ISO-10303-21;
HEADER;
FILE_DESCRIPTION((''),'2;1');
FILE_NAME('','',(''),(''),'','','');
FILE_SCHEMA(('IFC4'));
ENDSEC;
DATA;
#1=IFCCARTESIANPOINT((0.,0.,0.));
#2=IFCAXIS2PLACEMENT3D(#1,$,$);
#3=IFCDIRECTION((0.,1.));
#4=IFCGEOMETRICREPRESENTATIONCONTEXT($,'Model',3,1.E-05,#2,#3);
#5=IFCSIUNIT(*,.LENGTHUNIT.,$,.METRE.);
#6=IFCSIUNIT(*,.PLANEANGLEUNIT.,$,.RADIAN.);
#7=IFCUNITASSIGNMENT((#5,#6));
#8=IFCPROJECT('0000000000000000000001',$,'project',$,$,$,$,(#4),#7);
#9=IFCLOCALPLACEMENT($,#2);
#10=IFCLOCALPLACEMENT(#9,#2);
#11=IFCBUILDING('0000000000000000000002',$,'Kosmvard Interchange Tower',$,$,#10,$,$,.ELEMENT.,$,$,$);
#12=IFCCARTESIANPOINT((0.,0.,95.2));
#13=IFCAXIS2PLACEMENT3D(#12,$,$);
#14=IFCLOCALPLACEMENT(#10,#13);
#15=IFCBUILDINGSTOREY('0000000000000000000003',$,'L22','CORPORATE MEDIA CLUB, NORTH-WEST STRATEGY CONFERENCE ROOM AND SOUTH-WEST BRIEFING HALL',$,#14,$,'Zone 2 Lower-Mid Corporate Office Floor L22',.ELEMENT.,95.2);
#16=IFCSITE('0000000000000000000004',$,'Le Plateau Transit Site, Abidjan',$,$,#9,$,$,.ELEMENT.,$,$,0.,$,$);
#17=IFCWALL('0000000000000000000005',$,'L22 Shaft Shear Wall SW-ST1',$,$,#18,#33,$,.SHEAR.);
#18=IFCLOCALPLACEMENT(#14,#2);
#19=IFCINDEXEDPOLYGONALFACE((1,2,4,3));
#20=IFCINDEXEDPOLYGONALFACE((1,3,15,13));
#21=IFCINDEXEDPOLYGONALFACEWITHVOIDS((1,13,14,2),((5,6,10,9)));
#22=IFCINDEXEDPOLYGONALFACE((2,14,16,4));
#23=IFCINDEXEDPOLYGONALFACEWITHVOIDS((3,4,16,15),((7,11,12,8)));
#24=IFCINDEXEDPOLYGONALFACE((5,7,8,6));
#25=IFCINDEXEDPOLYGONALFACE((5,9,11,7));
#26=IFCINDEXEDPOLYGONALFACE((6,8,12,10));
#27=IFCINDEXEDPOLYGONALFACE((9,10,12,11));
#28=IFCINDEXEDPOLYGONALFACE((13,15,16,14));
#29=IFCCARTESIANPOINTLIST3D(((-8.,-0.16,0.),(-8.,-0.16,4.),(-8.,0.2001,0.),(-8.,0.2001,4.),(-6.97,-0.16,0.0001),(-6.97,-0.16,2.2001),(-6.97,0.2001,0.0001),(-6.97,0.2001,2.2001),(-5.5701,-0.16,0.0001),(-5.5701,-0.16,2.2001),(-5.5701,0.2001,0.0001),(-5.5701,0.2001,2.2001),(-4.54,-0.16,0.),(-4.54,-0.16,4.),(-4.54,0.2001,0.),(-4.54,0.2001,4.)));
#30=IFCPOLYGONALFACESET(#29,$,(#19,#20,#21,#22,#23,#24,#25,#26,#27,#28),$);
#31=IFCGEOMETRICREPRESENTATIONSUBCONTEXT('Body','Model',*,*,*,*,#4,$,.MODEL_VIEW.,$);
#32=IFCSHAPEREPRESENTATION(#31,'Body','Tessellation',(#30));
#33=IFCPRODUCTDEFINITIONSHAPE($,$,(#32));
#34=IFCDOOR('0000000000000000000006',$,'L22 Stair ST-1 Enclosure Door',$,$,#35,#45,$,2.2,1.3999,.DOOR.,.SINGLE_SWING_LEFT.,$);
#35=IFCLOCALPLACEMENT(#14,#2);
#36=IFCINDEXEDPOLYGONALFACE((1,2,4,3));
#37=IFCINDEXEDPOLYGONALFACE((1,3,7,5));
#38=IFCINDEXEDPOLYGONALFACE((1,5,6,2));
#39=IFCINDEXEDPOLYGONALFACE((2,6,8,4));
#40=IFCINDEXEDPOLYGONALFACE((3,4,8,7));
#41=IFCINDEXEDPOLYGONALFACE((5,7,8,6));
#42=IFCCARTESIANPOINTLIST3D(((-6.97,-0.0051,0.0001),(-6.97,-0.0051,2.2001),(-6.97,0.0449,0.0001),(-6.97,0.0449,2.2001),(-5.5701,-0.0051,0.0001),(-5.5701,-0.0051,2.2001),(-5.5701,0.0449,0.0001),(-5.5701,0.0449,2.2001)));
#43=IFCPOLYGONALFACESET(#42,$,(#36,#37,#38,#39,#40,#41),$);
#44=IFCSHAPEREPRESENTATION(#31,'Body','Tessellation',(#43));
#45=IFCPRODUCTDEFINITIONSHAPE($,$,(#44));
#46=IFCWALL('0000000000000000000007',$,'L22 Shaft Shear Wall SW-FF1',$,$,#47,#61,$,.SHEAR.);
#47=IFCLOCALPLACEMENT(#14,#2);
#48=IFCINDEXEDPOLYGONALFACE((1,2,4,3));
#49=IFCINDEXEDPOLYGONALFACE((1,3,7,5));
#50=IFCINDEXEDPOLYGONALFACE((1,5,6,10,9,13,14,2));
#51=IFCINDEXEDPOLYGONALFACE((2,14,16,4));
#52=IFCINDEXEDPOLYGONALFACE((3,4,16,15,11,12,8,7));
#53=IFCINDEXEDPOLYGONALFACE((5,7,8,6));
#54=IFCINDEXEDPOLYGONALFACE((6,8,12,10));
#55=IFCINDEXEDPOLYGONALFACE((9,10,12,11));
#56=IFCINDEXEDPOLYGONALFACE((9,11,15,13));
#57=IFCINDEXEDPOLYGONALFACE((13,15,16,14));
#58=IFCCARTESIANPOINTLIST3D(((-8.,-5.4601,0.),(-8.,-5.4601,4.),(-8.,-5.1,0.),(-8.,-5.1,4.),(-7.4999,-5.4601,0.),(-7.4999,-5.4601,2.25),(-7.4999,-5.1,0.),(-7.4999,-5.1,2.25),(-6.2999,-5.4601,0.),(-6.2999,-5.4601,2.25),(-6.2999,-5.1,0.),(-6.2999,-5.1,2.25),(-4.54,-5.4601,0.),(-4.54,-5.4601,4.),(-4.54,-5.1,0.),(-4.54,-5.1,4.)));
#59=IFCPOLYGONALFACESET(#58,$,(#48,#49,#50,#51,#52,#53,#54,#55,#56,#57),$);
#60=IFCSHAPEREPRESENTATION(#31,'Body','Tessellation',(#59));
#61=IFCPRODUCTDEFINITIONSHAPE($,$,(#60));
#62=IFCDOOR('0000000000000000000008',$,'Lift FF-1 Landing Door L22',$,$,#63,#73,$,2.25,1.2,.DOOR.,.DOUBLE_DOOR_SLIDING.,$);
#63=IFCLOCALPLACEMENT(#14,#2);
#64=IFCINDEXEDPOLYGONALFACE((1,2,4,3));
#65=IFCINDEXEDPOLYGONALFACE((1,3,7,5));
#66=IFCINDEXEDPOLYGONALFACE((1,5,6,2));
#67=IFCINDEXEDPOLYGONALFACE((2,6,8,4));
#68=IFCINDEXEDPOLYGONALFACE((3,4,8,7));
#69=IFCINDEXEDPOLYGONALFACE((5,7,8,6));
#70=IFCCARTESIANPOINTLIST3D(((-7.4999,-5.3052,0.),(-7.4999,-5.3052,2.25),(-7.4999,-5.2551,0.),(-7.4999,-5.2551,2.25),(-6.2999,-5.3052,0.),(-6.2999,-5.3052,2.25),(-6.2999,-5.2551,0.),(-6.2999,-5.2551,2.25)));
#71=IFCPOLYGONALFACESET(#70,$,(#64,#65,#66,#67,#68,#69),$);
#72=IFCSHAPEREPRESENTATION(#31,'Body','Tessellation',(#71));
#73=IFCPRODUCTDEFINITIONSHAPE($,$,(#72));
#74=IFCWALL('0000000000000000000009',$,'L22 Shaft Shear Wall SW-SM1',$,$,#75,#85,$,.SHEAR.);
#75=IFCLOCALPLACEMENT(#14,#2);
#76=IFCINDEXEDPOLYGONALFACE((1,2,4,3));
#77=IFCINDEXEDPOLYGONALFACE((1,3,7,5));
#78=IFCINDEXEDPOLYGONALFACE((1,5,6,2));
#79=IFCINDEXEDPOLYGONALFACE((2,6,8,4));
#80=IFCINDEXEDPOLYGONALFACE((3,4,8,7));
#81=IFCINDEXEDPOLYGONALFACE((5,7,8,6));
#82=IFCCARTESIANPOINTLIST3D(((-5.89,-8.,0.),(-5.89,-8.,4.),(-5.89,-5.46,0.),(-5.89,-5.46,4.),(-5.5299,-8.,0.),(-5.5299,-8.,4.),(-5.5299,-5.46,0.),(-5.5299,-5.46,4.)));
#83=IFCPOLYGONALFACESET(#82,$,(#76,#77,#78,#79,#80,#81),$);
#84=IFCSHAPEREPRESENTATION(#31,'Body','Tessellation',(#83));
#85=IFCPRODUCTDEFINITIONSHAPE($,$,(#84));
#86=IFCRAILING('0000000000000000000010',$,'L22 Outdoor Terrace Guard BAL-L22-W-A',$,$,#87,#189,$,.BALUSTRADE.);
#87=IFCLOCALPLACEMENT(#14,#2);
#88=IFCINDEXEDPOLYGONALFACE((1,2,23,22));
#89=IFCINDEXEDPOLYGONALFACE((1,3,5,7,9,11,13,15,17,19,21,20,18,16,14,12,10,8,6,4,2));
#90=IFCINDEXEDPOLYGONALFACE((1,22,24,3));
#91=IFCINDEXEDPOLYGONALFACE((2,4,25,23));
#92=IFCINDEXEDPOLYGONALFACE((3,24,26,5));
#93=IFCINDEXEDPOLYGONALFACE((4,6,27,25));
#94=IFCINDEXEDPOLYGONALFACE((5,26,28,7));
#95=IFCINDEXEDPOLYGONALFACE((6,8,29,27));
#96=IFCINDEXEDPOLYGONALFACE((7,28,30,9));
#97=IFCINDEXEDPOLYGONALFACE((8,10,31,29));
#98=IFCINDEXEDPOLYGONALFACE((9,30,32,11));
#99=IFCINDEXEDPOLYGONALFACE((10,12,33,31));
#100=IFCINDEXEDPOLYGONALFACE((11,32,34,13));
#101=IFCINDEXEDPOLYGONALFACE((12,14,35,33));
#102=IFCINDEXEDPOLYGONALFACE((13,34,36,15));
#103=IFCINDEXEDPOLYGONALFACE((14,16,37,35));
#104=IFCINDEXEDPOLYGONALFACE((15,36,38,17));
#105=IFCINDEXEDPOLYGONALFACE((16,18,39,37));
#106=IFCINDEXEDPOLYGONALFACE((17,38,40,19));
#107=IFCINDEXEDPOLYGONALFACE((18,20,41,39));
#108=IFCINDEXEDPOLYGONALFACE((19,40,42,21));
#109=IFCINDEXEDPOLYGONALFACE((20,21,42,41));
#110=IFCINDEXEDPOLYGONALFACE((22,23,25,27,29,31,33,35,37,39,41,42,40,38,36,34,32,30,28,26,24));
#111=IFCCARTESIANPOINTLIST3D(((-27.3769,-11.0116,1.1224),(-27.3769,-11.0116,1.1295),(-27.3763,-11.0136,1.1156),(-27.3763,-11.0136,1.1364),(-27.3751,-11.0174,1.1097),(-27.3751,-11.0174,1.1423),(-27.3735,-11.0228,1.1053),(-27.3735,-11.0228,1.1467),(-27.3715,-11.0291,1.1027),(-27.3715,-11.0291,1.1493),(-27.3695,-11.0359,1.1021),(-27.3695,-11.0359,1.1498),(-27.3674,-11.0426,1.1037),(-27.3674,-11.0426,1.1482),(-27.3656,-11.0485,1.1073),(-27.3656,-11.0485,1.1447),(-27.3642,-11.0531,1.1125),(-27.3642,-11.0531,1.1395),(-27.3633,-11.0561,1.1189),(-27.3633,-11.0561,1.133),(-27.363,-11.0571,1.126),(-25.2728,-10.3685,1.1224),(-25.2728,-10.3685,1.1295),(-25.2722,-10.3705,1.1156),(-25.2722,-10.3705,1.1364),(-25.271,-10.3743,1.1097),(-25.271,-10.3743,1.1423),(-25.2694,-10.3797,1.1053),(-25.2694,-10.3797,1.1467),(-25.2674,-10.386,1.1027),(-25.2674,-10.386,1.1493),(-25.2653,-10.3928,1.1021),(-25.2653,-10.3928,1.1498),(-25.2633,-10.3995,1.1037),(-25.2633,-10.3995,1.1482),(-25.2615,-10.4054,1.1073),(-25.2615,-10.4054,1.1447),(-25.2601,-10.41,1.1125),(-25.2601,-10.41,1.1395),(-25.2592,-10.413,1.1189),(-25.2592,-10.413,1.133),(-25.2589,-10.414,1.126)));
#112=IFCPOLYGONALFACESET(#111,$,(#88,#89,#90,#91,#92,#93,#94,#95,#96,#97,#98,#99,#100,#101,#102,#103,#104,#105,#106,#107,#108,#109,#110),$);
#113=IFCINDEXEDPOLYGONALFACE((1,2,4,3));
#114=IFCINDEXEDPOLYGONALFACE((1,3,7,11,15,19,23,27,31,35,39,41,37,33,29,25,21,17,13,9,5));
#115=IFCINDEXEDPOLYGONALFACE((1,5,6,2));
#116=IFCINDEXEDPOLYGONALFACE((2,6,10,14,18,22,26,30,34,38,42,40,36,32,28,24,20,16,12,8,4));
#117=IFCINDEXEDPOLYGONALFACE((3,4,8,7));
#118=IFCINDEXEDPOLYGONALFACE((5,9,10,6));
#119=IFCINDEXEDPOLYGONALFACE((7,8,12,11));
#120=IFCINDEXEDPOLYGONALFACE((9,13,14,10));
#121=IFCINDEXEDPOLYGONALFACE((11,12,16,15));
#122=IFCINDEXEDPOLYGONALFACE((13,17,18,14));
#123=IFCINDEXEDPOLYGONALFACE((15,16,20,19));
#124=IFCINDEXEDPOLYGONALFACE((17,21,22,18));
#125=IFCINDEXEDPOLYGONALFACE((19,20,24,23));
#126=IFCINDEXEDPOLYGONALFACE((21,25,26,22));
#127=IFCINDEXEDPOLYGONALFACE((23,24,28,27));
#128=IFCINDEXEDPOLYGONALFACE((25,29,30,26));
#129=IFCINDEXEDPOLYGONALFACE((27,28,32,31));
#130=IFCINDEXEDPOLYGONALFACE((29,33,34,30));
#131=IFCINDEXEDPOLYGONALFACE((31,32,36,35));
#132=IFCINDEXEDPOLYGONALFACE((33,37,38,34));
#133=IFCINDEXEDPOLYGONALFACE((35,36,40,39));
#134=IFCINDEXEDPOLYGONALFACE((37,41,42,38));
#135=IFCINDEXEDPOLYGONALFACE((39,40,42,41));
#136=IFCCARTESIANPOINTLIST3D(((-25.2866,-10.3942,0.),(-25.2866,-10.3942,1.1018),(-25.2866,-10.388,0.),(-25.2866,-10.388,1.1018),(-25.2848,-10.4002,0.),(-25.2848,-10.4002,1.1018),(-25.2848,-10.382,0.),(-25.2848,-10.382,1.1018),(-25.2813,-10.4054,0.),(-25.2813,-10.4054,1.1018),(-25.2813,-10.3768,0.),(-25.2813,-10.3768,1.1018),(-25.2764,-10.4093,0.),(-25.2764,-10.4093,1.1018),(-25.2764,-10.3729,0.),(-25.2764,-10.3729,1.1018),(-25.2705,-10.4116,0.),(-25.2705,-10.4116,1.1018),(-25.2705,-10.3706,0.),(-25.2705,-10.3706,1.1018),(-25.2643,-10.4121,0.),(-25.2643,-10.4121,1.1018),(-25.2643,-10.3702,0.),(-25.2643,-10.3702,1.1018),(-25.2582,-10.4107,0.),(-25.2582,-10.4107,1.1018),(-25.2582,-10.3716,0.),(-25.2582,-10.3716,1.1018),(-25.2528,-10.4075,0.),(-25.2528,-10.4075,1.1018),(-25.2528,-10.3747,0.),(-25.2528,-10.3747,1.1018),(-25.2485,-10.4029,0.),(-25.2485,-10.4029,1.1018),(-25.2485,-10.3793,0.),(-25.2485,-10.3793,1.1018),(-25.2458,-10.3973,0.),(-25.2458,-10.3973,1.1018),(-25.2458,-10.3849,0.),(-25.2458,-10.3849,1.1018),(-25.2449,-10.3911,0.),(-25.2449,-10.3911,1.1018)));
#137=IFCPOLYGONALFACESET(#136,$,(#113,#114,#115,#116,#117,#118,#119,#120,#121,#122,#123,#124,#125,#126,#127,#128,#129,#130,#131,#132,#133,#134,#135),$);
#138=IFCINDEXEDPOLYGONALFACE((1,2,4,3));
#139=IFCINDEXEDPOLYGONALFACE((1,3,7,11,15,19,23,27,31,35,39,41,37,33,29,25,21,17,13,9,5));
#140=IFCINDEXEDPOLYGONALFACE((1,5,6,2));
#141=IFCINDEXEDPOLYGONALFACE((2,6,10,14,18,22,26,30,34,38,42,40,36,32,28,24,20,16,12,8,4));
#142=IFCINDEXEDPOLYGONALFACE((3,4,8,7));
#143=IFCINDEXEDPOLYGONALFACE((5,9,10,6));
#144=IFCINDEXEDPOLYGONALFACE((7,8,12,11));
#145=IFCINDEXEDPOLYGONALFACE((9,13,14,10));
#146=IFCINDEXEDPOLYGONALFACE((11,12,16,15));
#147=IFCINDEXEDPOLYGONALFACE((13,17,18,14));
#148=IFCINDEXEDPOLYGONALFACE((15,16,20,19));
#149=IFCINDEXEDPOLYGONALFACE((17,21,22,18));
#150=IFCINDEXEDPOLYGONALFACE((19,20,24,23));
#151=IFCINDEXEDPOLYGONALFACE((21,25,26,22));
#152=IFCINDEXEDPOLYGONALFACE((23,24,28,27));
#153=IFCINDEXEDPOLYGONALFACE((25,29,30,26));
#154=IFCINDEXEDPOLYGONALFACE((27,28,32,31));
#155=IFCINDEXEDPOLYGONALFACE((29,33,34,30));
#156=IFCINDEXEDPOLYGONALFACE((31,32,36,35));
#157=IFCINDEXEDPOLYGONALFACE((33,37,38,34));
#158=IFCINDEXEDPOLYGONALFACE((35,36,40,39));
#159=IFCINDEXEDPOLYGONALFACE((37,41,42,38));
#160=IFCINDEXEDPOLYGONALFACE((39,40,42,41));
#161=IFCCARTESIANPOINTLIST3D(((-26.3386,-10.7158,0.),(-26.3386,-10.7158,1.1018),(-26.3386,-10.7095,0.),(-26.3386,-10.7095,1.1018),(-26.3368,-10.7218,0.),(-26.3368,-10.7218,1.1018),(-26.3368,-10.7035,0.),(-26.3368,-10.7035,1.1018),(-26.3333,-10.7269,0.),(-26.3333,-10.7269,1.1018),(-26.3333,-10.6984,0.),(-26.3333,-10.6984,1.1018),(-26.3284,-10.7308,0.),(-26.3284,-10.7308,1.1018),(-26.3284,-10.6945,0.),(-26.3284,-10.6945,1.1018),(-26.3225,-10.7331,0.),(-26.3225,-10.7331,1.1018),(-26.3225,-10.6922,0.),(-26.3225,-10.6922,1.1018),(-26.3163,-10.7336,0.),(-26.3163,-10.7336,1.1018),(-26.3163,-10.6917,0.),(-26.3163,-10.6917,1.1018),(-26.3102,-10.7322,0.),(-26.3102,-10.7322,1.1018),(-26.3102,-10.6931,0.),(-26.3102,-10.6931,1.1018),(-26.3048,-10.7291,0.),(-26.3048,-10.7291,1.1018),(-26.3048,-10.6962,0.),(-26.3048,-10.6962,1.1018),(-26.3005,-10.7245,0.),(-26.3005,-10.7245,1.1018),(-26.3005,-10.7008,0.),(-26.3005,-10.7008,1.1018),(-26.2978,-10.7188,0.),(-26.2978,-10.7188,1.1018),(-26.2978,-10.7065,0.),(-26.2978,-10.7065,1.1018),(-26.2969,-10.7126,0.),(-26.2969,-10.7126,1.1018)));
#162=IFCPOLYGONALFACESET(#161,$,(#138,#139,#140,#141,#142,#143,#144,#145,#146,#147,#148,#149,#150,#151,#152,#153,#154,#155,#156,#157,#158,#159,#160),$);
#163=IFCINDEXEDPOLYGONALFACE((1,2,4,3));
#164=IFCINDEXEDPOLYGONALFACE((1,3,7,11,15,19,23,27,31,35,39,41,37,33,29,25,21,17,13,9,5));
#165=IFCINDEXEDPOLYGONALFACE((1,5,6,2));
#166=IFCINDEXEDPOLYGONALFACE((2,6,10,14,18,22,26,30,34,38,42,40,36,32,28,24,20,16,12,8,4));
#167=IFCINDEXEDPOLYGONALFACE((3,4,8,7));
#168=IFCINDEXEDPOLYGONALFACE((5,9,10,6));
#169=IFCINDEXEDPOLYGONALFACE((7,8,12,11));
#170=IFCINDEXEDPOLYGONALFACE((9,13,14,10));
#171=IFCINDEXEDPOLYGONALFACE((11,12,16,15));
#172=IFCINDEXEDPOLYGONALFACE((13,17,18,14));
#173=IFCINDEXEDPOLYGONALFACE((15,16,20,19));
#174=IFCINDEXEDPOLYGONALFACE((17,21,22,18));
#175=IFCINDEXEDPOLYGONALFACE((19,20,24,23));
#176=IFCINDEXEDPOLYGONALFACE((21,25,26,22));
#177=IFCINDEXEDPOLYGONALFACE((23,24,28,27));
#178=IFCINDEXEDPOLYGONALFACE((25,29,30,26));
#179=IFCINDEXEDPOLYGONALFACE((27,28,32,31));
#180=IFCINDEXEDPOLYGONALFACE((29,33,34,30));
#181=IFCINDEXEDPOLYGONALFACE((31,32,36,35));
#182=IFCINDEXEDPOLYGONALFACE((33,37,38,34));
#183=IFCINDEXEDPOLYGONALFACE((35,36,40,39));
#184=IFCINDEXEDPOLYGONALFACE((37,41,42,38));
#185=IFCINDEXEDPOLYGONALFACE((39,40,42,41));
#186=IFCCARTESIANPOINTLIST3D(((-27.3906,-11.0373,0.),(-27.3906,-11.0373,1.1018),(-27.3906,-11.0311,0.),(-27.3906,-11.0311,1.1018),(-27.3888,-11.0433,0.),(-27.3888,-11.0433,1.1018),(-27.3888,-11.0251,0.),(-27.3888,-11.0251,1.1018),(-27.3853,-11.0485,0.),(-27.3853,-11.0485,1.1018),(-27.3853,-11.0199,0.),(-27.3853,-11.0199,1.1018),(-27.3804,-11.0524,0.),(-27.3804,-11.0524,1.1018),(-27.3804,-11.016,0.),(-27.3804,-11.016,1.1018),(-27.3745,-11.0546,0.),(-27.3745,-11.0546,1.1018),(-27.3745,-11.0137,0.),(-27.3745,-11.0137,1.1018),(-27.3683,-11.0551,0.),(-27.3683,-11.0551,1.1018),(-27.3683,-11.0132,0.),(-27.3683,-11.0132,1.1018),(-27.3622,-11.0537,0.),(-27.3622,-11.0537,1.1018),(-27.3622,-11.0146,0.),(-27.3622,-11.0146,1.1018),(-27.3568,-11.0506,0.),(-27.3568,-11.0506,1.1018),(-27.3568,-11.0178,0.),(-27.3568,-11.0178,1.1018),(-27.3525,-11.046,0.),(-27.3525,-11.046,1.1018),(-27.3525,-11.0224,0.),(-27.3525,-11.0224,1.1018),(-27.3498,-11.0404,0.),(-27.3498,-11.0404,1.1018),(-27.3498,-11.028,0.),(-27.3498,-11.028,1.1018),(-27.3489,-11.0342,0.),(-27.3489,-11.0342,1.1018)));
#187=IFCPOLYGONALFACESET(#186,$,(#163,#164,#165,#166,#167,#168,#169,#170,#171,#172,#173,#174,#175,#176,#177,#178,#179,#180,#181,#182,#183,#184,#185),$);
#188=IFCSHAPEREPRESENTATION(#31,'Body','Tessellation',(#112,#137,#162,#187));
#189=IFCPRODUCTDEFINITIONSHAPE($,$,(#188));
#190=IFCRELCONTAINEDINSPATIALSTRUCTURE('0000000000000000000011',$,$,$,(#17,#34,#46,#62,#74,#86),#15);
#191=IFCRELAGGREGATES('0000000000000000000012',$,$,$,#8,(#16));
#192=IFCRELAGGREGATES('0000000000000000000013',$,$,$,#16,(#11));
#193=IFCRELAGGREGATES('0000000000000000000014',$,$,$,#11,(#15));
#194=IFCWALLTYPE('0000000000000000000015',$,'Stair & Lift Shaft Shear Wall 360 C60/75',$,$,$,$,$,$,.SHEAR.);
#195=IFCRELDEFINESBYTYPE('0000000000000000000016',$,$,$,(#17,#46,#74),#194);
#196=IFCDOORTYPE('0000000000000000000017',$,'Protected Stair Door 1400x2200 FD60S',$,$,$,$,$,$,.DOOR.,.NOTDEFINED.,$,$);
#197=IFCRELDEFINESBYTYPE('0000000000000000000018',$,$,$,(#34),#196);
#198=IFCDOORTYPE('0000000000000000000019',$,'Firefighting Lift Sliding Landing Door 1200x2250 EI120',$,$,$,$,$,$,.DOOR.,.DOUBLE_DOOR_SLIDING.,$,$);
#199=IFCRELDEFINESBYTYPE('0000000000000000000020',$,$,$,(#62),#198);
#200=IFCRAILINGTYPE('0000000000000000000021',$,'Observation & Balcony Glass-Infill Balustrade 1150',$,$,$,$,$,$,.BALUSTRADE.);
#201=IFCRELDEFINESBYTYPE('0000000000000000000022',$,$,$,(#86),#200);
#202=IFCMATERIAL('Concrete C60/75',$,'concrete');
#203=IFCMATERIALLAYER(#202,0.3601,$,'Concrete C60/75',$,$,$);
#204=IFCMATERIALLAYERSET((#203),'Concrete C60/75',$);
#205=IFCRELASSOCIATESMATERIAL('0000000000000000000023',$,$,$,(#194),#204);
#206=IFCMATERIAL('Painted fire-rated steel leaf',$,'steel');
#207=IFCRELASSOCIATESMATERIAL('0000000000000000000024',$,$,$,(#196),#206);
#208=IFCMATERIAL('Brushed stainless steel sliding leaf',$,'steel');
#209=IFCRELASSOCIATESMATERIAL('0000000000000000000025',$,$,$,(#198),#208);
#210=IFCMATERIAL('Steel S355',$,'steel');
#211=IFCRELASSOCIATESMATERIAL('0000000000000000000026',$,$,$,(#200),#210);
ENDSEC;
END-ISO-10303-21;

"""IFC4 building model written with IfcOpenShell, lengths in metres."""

from ifc_helpers import new_model, si_unit, direction, frame, frame_2d, origin, origin_2d, place, context, subcontext, project, spatial, rectangle, circle, extrude, source, transform, mapped, material, layer, layer_set, type_object, element, fill, save


model = new_model("IFC4")

# Units and contexts
model_context = context("Model", 3, precision=1e-05, world=origin(), true_north=direction((0.0, 1.0)))
body_context = subcontext(model_context, "Body", "Model", "MODEL_VIEW")
ifc_project = project(units=[si_unit("LENGTHUNIT", "METRE"), si_unit("PLANEANGLEUNIT", "RADIAN")], contexts=[model_context])

# Site, building, storey
site_placement = place(None, origin())
site = spatial("IfcSite", under=ifc_project, at=site_placement, Name="Le Plateau Transit Site, Abidjan", CompositionType="ELEMENT", RefElevation=0.0)
building_placement = place(site_placement, origin())
building = spatial("IfcBuilding", under=site, at=building_placement, Name="Kosmvard Interchange Tower", CompositionType="ELEMENT")
storey_placement = place(building_placement, frame((0.0, 0.0, 95.2)))
storey = spatial("IfcBuildingStorey", under=building, at=storey_placement, Name="L22", Description="CORPORATE MEDIA CLUB, NORTH-WEST STRATEGY CONFERENCE ROOM AND SOUTH-WEST BRIEFING HALL", LongName="Zone 2 Lower-Mid Corporate Office Floor L22", CompositionType="ELEMENT", Elevation=95.2)

# Shared definitions
ifc_material_1 = material(Name="Concrete C60/75", Category="concrete")

# Shared definitions
ifc_material_2 = material(Name="Steel S355", Category="steel")

# Shared definitions
ifc_material_3 = material(Name="Brushed stainless steel sliding leaf", Category="steel")

# Shared definitions
ifc_material_4 = material(Name="Painted fire-rated steel leaf", Category="steel")

# Shared definitions
ifc_layer_1 = layer(ifc_material_1, 0.3601, Name="Concrete C60/75")
ifc_layer_set_1 = layer_set([ifc_layer_1], Name="Concrete C60/75")
wall_type_1 = type_object("IfcWallType", Name="Stair & Lift Shaft Shear Wall 360 C60/75", PredefinedType="SHEAR", material=ifc_layer_set_1)

# Walls, openings, doors
wall_1_placement = place(storey_placement, frame((-8.0, 0.02, 0.0), z_axis=(0.0, 0.0, 1.0), x_axis=(1.0, 0.0, 0.0)))
wall_1 = element("IfcWall", 1, at=wall_1_placement, inside=storey, type_object=wall_type_1, Name="L22 Shaft Shear Wall SW-ST1", PredefinedType="SHEAR", context=body_context, shape_type="SweptSolid", body=[
    extrude(rectangle(XDim=3.46, YDim=0.3601, at=frame_2d((1.73, 0.0))), origin(), (0.0, 0.0, 1.0), 4.0),
])
opening_1_placement = place(wall_1_placement, frame((1.03, 0.0, 0.0)))
opening_1 = element("IfcOpeningElement", 2, at=opening_1_placement, cuts=wall_1, PredefinedType="OPENING", context=body_context, shape_type="SweptSolid", body=[
    extrude(rectangle(XDim=1.3999, YDim=2.2, at=frame_2d((0.7, 1.1001))), frame((0.0, 0.1899, 0.0), z_axis=(0.0, -1.0, 0.0), x_axis=(1.0, 0.0, 0.0)), (0.0, 0.0, 1.0), 0.3801),
])
door_type_1 = type_object("IfcDoorType", Name="Protected Stair Door 1400x2200 FD60S", OperationType="NOTDEFINED", PredefinedType="DOOR", material=ifc_material_4)
shared_shape_1 = source(origin(), body_context, "Body", "SweptSolid", [
    extrude(rectangle(XDim=1.3999, YDim=2.2, at=frame_2d((0.7, 1.1001))), frame((0.0, 0.0249, 0.0), z_axis=(0.0, -1.0, 0.0), x_axis=(1.0, 0.0, 0.0)), (0.0, 0.0, 1.0), 0.05),
])
door_1_placement = place(opening_1_placement, origin())
door_1 = element("IfcDoor", 3, at=door_1_placement, inside=storey, type_object=door_type_1, Name="L22 Stair ST-1 Enclosure Door", OperationType="SINGLE_SWING_LEFT", OverallHeight=2.2, OverallWidth=1.3999, PredefinedType="DOOR", context=body_context, shape_type="MappedRepresentation", body=[
    mapped(shared_shape_1, transform((0.0, 0.0, 0.0), scale=1.0)),
])
fill(opening_1, door_1)
wall_2_placement = place(storey_placement, frame((-8.0, -5.28, 0.0), z_axis=(0.0, 0.0, 1.0), x_axis=(1.0, 0.0, 0.0)))
wall_2 = element("IfcWall", 4, at=wall_2_placement, inside=storey, type_object=wall_type_1, Name="L22 Shaft Shear Wall SW-FF1", PredefinedType="SHEAR", context=body_context, shape_type="SweptSolid", body=[
    extrude(rectangle(XDim=3.46, YDim=0.3601, at=frame_2d((1.73, 0.0))), origin(), (0.0, 0.0, 1.0), 4.0),
])
opening_2_placement = place(wall_2_placement, frame((0.5, 0.0, 0.0)))
opening_2 = element("IfcOpeningElement", 5, at=opening_2_placement, cuts=wall_2, PredefinedType="OPENING", context=body_context, shape_type="SweptSolid", body=[
    extrude(rectangle(XDim=1.2, YDim=2.25, at=frame_2d((0.6001, 1.125))), frame((0.0, 0.1899, 0.0), z_axis=(0.0, -1.0, 0.0), x_axis=(1.0, 0.0, 0.0)), (0.0, 0.0, 1.0), 0.3801),
])
door_type_2 = type_object("IfcDoorType", Name="Firefighting Lift Sliding Landing Door 1200x2250 EI120", OperationType="DOUBLE_DOOR_SLIDING", PredefinedType="DOOR", material=ifc_material_3)
shared_shape_2 = source(origin(), body_context, "Body", "SweptSolid", [
    extrude(rectangle(XDim=1.2, YDim=2.25, at=frame_2d((0.6001, 1.125))), frame((0.0, 0.0249, 0.0), z_axis=(0.0, -1.0, 0.0), x_axis=(1.0, 0.0, 0.0)), (0.0, 0.0, 1.0), 0.05),
])
door_2_placement = place(opening_2_placement, origin())
door_2 = element("IfcDoor", 6, at=door_2_placement, inside=storey, type_object=door_type_2, Name="Lift FF-1 Landing Door L22", OperationType="DOUBLE_DOOR_SLIDING", OverallHeight=2.25, OverallWidth=1.2, PredefinedType="DOOR", context=body_context, shape_type="MappedRepresentation", body=[
    mapped(shared_shape_2, transform((0.0, 0.0, 0.0), scale=1.0)),
])
fill(opening_2, door_2)

# Wall
wall_3_placement = place(storey_placement, frame((-5.71, -8.0, 0.0), z_axis=(0.0, 0.0, 1.0), x_axis=(0.0, 1.0, 0.0)))
element("IfcWall", 7, at=wall_3_placement, inside=storey, type_object=wall_type_1, Name="L22 Shaft Shear Wall SW-SM1", PredefinedType="SHEAR", context=body_context, shape_type="SweptSolid", body=[
    extrude(rectangle(XDim=2.54, YDim=0.3601, at=frame_2d((1.27, 0.0))), origin(), (0.0, 0.0, 1.0), 4.0),
])

# Railing
railing_type = type_object("IfcRailingType", Name="Observation & Balcony Glass-Infill Balustrade 1150", PredefinedType="BALUSTRADE", material=ifc_material_2)
shared_shape_3 = source(origin(), body_context, "Body", "SweptSolid", [
    extrude(circle(Radius=0.0239, at=origin_2d()), frame((0.0, 0.0, 1.126), z_axis=(-0.956329, -0.292292, 0.0), x_axis=(0.292292, -0.956329, 0.0)), (0.0, 0.0, 1.0), 2.2002),
    extrude(circle(Radius=0.021, at=origin_2d()), origin(), (0.0, 0.0, 1.0), 1.1018),
    extrude(circle(Radius=0.021, at=origin_2d()), frame((-1.052, -0.3215, 0.0)), (0.0, 0.0, 1.0), 1.1018),
    extrude(circle(Radius=0.021, at=origin_2d()), frame((-2.104, -0.6431, 0.0)), (0.0, 0.0, 1.0), 1.1018),
])
railing_1_placement = place(storey_placement, frame((-25.2659, -10.3911, 0.0)))
element("IfcRailing", 8, at=railing_1_placement, inside=storey, type_object=railing_type, Name="L22 Outdoor Terrace Guard BAL-L22-W-A", PredefinedType="BALUSTRADE", context=body_context, shape_type="MappedRepresentation", body=[
    mapped(shared_shape_3, transform((0.0, 0.0, 0.0), scale=1.0)),
])

save(model, "model.ifc")
